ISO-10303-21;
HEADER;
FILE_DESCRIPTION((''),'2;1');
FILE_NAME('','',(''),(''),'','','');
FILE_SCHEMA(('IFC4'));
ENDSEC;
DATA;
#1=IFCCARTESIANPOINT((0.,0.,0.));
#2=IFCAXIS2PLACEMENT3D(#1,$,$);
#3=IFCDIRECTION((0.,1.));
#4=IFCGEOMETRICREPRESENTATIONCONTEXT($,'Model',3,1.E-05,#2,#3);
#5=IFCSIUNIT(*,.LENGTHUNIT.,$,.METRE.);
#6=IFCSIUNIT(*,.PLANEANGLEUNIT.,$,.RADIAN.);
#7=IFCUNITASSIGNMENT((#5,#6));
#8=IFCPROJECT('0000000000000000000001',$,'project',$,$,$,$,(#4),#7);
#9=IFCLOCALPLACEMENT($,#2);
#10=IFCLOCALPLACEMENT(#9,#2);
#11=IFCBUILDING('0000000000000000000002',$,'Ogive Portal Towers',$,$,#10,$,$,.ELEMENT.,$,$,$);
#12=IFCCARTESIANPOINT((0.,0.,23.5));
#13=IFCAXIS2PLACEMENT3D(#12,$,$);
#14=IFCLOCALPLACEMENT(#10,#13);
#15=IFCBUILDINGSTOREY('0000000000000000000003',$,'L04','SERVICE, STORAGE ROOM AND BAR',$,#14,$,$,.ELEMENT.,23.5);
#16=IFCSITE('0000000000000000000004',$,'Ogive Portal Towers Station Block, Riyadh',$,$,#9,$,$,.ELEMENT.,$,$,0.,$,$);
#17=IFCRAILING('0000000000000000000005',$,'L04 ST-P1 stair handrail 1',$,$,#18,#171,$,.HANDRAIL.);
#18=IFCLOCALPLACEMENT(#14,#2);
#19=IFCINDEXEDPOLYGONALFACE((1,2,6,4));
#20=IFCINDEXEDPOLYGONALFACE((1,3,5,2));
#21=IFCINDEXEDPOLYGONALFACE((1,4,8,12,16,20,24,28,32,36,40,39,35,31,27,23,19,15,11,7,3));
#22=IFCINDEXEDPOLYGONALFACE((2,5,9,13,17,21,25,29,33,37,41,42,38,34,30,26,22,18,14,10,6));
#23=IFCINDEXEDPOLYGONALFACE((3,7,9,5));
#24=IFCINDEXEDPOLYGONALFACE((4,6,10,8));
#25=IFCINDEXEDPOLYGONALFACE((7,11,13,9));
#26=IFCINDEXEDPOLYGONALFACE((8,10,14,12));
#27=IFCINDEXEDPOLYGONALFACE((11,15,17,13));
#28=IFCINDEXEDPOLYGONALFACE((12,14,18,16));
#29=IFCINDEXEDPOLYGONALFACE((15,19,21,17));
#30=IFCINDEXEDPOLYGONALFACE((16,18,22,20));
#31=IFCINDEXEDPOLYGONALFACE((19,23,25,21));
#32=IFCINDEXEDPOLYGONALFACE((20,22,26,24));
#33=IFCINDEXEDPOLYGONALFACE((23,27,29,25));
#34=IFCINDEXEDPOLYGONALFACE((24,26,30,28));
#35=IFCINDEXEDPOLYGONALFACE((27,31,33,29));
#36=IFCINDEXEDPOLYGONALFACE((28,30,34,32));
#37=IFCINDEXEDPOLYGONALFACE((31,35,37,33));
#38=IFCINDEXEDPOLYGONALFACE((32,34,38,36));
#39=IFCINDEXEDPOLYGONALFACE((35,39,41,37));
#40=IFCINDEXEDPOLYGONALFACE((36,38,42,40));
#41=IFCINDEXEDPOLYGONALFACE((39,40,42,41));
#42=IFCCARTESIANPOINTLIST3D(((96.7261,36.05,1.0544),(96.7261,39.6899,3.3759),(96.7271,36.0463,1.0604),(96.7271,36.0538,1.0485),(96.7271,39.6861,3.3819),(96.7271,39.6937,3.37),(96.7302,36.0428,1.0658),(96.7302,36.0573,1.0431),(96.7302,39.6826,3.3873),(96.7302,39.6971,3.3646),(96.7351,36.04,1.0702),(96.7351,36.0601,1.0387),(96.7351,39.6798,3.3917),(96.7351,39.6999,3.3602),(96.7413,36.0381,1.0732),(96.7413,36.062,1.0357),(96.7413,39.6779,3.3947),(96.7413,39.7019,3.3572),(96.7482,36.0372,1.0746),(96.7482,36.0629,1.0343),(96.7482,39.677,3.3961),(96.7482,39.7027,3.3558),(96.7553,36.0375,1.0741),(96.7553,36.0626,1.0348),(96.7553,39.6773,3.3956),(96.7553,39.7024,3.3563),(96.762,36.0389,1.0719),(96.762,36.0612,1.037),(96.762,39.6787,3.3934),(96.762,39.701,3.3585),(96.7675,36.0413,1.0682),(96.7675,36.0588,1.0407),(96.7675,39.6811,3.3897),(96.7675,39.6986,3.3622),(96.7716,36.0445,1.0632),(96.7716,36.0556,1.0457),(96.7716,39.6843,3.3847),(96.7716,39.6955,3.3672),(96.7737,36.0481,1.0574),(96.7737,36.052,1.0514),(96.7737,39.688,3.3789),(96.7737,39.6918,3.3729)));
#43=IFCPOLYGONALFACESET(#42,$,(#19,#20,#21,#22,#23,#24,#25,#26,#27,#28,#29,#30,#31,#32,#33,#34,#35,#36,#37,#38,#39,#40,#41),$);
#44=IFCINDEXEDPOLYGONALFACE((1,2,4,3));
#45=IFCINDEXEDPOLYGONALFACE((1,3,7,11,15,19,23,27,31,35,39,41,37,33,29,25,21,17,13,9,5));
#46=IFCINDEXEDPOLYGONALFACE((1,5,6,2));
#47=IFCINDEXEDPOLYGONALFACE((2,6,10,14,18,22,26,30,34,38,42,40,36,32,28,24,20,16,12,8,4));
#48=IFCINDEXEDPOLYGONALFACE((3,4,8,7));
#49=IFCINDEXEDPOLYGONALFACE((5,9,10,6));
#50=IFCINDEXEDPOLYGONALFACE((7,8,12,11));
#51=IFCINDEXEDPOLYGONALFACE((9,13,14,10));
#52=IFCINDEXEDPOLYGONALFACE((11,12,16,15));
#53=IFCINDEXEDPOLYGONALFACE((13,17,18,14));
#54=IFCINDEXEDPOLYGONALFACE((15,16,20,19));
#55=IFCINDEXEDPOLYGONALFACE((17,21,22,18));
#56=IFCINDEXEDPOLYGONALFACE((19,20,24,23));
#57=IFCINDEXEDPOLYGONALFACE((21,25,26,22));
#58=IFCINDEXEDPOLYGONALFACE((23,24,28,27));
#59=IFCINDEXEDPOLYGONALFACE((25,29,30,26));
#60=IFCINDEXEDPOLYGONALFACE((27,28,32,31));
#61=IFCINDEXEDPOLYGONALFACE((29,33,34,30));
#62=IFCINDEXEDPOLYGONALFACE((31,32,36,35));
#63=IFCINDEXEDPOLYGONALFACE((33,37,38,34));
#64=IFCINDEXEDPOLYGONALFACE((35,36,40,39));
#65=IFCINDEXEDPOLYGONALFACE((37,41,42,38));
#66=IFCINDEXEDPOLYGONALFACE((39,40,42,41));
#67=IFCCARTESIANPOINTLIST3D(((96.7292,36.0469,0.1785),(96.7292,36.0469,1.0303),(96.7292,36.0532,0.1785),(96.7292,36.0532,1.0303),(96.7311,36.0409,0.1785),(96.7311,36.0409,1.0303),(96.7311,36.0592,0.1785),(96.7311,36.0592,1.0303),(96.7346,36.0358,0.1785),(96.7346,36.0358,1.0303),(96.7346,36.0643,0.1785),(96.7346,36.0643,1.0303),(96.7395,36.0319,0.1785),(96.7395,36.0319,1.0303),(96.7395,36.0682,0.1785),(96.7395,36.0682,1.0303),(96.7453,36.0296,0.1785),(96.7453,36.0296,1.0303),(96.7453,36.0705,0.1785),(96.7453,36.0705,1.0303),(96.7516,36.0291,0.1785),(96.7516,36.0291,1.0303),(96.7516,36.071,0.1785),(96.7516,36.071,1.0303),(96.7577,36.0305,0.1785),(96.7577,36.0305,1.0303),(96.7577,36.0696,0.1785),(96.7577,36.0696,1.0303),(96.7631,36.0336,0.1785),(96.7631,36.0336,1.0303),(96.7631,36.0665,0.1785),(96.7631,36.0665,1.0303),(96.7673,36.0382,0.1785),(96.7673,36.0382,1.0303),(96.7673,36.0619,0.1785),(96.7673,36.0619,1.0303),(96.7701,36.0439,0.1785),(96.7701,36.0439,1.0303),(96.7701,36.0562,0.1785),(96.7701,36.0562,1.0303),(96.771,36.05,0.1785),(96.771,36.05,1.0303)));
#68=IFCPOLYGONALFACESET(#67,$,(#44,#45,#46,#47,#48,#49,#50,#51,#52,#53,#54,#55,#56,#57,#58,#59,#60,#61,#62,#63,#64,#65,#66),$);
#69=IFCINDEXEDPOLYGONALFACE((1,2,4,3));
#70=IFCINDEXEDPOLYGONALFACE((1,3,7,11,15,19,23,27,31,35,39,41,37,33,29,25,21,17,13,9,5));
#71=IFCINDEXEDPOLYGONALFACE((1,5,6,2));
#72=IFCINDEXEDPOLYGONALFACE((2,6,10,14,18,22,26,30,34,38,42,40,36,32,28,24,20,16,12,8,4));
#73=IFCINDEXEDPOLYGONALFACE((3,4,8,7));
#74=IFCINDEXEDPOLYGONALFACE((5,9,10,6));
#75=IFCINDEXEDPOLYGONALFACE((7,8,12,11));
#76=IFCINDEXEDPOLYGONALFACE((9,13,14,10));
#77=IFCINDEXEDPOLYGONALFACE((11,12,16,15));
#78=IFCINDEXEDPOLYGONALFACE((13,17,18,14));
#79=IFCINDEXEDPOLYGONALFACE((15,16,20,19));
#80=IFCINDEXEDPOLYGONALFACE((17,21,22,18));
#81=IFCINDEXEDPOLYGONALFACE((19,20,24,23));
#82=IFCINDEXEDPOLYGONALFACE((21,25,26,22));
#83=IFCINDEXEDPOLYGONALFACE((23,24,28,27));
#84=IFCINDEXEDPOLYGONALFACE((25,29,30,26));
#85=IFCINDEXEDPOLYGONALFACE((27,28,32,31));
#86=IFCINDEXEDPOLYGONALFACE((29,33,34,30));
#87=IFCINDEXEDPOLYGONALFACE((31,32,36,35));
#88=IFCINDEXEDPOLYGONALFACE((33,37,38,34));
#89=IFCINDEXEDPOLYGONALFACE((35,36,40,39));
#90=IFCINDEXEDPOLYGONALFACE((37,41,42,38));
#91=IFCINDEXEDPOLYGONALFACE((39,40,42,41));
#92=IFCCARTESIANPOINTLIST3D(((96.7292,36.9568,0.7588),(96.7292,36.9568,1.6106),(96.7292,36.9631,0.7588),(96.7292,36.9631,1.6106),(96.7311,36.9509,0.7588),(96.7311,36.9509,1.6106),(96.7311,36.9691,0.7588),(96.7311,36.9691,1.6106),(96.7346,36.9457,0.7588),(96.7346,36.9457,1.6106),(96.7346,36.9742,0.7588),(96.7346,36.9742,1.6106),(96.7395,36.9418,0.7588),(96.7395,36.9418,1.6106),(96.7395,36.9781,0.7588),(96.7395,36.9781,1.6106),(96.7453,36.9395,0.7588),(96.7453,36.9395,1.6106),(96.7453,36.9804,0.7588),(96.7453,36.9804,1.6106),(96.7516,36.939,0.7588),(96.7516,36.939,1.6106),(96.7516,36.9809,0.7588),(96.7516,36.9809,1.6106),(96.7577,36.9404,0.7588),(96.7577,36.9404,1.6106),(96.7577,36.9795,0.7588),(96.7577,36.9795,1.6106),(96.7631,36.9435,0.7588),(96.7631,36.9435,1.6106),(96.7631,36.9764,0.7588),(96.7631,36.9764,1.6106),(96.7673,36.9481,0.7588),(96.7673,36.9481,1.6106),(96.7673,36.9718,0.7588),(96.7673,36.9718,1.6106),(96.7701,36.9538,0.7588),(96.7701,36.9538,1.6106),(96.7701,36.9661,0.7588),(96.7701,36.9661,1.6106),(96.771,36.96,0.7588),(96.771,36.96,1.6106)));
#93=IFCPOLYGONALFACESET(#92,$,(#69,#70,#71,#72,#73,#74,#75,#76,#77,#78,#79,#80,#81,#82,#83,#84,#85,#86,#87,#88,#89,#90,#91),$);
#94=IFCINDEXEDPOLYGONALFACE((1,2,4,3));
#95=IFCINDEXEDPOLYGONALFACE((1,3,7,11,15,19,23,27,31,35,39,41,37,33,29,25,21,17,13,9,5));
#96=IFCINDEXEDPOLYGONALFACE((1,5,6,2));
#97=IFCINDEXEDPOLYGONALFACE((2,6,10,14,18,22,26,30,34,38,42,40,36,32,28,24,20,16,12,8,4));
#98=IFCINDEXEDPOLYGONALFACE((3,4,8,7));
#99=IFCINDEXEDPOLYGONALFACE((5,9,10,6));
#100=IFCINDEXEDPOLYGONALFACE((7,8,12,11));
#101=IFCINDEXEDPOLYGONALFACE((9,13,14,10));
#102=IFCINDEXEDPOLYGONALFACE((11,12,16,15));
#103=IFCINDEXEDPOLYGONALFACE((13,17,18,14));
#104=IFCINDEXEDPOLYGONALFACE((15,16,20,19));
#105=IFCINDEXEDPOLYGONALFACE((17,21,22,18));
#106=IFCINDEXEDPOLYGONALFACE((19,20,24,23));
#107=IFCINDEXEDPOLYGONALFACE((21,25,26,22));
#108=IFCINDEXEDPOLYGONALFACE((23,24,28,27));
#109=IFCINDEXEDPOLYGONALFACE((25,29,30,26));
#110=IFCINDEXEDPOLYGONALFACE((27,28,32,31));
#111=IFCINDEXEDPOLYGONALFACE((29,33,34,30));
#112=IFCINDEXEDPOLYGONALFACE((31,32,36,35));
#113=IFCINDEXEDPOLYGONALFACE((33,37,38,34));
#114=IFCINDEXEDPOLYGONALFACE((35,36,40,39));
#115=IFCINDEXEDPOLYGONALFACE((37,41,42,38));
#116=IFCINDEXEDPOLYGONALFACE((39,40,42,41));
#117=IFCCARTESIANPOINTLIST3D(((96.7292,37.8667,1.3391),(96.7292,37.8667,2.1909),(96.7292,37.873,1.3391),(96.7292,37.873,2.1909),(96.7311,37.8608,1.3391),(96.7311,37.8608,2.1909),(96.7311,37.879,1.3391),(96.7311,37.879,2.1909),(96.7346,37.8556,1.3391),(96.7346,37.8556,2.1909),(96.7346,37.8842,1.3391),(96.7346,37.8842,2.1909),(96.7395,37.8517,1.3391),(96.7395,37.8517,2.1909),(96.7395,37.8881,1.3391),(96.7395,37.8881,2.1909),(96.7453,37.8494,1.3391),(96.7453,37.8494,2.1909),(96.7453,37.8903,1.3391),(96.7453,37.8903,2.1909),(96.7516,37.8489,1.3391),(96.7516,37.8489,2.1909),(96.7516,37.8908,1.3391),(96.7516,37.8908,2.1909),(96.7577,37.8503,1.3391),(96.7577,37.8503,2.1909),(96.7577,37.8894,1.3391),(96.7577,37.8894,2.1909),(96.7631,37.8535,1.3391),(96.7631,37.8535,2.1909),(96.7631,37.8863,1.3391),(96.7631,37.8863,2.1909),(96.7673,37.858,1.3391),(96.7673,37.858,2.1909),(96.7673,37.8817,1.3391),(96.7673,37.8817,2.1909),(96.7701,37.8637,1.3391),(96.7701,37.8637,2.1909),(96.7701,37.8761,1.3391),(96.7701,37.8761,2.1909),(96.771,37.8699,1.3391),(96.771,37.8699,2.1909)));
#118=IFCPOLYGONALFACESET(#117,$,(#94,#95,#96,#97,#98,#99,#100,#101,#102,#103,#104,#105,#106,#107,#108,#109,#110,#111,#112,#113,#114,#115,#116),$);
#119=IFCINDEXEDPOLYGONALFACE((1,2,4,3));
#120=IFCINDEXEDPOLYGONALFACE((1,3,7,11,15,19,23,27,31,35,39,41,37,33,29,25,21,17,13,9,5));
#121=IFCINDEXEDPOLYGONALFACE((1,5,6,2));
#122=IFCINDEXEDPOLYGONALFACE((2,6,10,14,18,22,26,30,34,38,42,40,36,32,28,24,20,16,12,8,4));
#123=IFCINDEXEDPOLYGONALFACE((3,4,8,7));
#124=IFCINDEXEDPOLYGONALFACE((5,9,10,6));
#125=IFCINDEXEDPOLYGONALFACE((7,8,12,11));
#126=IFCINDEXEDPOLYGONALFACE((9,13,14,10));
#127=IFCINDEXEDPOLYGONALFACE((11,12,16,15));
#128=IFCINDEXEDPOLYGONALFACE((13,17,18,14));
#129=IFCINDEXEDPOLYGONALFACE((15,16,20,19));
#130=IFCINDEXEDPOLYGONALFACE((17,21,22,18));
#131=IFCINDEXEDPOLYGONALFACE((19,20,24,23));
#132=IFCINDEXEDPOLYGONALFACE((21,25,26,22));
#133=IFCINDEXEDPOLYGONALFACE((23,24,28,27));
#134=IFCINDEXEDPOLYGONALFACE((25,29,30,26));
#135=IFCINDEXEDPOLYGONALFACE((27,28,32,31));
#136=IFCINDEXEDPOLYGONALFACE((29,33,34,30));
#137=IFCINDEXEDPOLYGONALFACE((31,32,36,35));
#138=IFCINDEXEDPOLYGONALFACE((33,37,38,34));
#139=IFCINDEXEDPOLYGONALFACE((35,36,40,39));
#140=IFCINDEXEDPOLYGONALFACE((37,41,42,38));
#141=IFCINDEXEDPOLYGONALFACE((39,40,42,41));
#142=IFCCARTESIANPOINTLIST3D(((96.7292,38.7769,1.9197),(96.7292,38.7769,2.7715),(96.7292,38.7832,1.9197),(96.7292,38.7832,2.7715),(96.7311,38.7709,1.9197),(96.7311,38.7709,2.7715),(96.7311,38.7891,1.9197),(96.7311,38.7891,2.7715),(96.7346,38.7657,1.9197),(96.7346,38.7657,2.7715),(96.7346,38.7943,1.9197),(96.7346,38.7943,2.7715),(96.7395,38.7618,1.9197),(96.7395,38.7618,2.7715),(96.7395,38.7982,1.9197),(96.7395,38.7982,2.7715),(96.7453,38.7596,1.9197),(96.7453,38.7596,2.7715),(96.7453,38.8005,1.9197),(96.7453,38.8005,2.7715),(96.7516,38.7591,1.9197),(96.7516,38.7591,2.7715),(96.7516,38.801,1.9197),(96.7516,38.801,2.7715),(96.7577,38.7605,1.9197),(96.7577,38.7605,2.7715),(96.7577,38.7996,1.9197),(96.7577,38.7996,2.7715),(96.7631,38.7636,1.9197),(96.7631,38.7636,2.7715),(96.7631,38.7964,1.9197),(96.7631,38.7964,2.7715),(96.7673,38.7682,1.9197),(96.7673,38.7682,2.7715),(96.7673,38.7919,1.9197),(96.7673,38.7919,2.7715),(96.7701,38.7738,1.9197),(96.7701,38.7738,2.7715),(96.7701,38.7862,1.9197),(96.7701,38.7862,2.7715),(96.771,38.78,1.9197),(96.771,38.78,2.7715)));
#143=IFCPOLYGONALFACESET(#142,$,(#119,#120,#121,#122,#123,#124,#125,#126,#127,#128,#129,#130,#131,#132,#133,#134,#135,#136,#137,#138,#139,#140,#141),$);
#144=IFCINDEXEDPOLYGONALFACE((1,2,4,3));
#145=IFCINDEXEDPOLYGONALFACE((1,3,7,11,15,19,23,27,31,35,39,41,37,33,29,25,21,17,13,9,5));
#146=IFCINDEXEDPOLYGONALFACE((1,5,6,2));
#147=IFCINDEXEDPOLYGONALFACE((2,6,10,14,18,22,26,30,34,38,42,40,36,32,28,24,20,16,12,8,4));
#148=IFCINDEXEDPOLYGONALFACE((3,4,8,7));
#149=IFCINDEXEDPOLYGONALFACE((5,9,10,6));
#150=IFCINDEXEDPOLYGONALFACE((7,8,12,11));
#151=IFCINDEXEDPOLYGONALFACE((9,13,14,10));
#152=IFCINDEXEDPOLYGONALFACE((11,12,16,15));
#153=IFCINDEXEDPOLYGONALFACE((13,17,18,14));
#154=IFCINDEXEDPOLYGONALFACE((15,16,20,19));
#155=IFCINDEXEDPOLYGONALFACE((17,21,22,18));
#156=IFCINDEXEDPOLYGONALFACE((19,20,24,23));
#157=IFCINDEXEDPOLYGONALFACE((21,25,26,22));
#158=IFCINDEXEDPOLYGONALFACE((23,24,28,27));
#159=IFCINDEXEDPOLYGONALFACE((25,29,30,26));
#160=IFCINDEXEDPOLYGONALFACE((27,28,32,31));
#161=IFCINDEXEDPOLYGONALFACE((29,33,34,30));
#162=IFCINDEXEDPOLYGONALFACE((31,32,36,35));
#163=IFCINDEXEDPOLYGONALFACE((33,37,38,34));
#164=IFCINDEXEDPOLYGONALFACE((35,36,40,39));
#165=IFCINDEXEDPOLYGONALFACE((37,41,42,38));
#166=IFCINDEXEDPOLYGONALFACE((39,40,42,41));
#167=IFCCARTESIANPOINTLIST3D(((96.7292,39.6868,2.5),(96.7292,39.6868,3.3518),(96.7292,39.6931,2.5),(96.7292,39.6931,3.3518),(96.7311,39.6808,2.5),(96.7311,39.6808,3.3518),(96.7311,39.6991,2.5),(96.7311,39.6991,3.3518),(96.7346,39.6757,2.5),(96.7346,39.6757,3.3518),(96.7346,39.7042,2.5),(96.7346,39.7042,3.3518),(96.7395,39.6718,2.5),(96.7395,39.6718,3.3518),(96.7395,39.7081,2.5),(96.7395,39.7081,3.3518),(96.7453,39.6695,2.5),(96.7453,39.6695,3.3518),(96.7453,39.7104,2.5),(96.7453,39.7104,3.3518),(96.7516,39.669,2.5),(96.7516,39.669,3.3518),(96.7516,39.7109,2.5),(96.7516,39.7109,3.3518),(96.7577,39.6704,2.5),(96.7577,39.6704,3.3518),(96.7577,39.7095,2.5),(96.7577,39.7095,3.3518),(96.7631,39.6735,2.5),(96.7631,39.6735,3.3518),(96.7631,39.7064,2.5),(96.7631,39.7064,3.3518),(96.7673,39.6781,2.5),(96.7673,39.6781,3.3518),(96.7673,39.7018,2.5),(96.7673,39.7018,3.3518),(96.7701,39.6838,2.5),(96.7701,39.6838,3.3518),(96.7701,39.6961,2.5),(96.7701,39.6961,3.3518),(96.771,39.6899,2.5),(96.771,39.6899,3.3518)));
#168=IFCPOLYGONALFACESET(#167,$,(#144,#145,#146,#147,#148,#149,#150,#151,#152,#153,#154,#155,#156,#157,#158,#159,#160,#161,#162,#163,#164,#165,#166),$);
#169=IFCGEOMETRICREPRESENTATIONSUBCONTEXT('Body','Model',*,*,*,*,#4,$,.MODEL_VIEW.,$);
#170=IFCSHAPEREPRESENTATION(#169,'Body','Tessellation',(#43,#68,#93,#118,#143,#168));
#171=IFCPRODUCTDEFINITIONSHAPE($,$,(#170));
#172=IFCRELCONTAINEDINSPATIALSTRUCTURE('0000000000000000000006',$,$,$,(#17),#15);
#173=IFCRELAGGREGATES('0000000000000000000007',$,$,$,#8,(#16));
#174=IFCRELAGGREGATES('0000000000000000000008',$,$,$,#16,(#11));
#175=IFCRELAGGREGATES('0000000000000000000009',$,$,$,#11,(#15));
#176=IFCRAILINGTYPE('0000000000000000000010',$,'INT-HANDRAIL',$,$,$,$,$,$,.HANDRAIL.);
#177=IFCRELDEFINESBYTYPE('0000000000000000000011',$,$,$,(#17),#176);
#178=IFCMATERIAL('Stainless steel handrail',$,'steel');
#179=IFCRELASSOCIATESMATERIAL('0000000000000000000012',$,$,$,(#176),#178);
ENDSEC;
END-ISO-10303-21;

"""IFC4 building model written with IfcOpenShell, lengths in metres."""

from ifc_helpers import new_model, si_unit, direction, frame, origin, origin_2d, place, context, subcontext, project, spatial, circle, extrude, material, type_object, element, save


model = new_model("IFC4")

# Units and contexts
model_context = context("Model", 3, precision=1e-05, world=origin(), true_north=direction((0.0, 1.0)))
body_context = subcontext(model_context, "Body", "Model", "MODEL_VIEW")
ifc_project = project(units=[si_unit("LENGTHUNIT", "METRE"), si_unit("PLANEANGLEUNIT", "RADIAN")], contexts=[model_context])

# Site, building, storey
site_placement = place(None, origin())
site = spatial("IfcSite", under=ifc_project, at=site_placement, Name="Ogive Portal Towers Station Block, Riyadh", CompositionType="ELEMENT", RefElevation=0.0)
building_placement = place(site_placement, origin())
building = spatial("IfcBuilding", under=site, at=building_placement, Name="Ogive Portal Towers", CompositionType="ELEMENT")
storey_placement = place(building_placement, frame((0.0, 0.0, 23.5)))
storey = spatial("IfcBuildingStorey", under=building, at=storey_placement, Name="L04", Description="SERVICE, STORAGE ROOM AND BAR", CompositionType="ELEMENT", Elevation=23.5)

# Railing
ifc_material_1 = material(Name="Stainless steel handrail", Category="steel")
railing_type_1 = type_object("IfcRailingType", Name="INT-HANDRAIL", PredefinedType="HANDRAIL", material=ifc_material_1)
railing_1_placement = place(storey_placement, frame((96.75, 36.05, 0.1785)))
element("IfcRailing", 1, at=railing_1_placement, inside=storey, type_object=railing_type_1, Name="L04 ST-P1 stair handrail 1", PredefinedType="HANDRAIL", context=body_context, shape_type="SweptSolid", body=[
    extrude(circle(Radius=0.0239, at=origin_2d()), frame((0.0, 0.0, 0.876), z_axis=(0.0, 0.843112, 0.537739), x_axis=(-1.0, 0.0, 0.0)), (0.0, 0.0, 1.0), 4.3171),
    extrude(circle(Radius=0.021, at=origin_2d()), origin(), (0.0, 0.0, 1.0), 0.8518),
    extrude(circle(Radius=0.021, at=origin_2d()), frame((0.0, 0.9099, 0.5803)), (0.0, 0.0, 1.0), 0.8518),
    extrude(circle(Radius=0.021, at=origin_2d()), frame((0.0, 1.8198, 1.1606)), (0.0, 0.0, 1.0), 0.8518),
    extrude(circle(Radius=0.021, at=origin_2d()), frame((0.0, 2.73, 1.7412)), (0.0, 0.0, 1.0), 0.8518),
    extrude(circle(Radius=0.021, at=origin_2d()), frame((0.0, 3.6399, 2.3215)), (0.0, 0.0, 1.0), 0.8518),
])

save(model, "model.ifc")
